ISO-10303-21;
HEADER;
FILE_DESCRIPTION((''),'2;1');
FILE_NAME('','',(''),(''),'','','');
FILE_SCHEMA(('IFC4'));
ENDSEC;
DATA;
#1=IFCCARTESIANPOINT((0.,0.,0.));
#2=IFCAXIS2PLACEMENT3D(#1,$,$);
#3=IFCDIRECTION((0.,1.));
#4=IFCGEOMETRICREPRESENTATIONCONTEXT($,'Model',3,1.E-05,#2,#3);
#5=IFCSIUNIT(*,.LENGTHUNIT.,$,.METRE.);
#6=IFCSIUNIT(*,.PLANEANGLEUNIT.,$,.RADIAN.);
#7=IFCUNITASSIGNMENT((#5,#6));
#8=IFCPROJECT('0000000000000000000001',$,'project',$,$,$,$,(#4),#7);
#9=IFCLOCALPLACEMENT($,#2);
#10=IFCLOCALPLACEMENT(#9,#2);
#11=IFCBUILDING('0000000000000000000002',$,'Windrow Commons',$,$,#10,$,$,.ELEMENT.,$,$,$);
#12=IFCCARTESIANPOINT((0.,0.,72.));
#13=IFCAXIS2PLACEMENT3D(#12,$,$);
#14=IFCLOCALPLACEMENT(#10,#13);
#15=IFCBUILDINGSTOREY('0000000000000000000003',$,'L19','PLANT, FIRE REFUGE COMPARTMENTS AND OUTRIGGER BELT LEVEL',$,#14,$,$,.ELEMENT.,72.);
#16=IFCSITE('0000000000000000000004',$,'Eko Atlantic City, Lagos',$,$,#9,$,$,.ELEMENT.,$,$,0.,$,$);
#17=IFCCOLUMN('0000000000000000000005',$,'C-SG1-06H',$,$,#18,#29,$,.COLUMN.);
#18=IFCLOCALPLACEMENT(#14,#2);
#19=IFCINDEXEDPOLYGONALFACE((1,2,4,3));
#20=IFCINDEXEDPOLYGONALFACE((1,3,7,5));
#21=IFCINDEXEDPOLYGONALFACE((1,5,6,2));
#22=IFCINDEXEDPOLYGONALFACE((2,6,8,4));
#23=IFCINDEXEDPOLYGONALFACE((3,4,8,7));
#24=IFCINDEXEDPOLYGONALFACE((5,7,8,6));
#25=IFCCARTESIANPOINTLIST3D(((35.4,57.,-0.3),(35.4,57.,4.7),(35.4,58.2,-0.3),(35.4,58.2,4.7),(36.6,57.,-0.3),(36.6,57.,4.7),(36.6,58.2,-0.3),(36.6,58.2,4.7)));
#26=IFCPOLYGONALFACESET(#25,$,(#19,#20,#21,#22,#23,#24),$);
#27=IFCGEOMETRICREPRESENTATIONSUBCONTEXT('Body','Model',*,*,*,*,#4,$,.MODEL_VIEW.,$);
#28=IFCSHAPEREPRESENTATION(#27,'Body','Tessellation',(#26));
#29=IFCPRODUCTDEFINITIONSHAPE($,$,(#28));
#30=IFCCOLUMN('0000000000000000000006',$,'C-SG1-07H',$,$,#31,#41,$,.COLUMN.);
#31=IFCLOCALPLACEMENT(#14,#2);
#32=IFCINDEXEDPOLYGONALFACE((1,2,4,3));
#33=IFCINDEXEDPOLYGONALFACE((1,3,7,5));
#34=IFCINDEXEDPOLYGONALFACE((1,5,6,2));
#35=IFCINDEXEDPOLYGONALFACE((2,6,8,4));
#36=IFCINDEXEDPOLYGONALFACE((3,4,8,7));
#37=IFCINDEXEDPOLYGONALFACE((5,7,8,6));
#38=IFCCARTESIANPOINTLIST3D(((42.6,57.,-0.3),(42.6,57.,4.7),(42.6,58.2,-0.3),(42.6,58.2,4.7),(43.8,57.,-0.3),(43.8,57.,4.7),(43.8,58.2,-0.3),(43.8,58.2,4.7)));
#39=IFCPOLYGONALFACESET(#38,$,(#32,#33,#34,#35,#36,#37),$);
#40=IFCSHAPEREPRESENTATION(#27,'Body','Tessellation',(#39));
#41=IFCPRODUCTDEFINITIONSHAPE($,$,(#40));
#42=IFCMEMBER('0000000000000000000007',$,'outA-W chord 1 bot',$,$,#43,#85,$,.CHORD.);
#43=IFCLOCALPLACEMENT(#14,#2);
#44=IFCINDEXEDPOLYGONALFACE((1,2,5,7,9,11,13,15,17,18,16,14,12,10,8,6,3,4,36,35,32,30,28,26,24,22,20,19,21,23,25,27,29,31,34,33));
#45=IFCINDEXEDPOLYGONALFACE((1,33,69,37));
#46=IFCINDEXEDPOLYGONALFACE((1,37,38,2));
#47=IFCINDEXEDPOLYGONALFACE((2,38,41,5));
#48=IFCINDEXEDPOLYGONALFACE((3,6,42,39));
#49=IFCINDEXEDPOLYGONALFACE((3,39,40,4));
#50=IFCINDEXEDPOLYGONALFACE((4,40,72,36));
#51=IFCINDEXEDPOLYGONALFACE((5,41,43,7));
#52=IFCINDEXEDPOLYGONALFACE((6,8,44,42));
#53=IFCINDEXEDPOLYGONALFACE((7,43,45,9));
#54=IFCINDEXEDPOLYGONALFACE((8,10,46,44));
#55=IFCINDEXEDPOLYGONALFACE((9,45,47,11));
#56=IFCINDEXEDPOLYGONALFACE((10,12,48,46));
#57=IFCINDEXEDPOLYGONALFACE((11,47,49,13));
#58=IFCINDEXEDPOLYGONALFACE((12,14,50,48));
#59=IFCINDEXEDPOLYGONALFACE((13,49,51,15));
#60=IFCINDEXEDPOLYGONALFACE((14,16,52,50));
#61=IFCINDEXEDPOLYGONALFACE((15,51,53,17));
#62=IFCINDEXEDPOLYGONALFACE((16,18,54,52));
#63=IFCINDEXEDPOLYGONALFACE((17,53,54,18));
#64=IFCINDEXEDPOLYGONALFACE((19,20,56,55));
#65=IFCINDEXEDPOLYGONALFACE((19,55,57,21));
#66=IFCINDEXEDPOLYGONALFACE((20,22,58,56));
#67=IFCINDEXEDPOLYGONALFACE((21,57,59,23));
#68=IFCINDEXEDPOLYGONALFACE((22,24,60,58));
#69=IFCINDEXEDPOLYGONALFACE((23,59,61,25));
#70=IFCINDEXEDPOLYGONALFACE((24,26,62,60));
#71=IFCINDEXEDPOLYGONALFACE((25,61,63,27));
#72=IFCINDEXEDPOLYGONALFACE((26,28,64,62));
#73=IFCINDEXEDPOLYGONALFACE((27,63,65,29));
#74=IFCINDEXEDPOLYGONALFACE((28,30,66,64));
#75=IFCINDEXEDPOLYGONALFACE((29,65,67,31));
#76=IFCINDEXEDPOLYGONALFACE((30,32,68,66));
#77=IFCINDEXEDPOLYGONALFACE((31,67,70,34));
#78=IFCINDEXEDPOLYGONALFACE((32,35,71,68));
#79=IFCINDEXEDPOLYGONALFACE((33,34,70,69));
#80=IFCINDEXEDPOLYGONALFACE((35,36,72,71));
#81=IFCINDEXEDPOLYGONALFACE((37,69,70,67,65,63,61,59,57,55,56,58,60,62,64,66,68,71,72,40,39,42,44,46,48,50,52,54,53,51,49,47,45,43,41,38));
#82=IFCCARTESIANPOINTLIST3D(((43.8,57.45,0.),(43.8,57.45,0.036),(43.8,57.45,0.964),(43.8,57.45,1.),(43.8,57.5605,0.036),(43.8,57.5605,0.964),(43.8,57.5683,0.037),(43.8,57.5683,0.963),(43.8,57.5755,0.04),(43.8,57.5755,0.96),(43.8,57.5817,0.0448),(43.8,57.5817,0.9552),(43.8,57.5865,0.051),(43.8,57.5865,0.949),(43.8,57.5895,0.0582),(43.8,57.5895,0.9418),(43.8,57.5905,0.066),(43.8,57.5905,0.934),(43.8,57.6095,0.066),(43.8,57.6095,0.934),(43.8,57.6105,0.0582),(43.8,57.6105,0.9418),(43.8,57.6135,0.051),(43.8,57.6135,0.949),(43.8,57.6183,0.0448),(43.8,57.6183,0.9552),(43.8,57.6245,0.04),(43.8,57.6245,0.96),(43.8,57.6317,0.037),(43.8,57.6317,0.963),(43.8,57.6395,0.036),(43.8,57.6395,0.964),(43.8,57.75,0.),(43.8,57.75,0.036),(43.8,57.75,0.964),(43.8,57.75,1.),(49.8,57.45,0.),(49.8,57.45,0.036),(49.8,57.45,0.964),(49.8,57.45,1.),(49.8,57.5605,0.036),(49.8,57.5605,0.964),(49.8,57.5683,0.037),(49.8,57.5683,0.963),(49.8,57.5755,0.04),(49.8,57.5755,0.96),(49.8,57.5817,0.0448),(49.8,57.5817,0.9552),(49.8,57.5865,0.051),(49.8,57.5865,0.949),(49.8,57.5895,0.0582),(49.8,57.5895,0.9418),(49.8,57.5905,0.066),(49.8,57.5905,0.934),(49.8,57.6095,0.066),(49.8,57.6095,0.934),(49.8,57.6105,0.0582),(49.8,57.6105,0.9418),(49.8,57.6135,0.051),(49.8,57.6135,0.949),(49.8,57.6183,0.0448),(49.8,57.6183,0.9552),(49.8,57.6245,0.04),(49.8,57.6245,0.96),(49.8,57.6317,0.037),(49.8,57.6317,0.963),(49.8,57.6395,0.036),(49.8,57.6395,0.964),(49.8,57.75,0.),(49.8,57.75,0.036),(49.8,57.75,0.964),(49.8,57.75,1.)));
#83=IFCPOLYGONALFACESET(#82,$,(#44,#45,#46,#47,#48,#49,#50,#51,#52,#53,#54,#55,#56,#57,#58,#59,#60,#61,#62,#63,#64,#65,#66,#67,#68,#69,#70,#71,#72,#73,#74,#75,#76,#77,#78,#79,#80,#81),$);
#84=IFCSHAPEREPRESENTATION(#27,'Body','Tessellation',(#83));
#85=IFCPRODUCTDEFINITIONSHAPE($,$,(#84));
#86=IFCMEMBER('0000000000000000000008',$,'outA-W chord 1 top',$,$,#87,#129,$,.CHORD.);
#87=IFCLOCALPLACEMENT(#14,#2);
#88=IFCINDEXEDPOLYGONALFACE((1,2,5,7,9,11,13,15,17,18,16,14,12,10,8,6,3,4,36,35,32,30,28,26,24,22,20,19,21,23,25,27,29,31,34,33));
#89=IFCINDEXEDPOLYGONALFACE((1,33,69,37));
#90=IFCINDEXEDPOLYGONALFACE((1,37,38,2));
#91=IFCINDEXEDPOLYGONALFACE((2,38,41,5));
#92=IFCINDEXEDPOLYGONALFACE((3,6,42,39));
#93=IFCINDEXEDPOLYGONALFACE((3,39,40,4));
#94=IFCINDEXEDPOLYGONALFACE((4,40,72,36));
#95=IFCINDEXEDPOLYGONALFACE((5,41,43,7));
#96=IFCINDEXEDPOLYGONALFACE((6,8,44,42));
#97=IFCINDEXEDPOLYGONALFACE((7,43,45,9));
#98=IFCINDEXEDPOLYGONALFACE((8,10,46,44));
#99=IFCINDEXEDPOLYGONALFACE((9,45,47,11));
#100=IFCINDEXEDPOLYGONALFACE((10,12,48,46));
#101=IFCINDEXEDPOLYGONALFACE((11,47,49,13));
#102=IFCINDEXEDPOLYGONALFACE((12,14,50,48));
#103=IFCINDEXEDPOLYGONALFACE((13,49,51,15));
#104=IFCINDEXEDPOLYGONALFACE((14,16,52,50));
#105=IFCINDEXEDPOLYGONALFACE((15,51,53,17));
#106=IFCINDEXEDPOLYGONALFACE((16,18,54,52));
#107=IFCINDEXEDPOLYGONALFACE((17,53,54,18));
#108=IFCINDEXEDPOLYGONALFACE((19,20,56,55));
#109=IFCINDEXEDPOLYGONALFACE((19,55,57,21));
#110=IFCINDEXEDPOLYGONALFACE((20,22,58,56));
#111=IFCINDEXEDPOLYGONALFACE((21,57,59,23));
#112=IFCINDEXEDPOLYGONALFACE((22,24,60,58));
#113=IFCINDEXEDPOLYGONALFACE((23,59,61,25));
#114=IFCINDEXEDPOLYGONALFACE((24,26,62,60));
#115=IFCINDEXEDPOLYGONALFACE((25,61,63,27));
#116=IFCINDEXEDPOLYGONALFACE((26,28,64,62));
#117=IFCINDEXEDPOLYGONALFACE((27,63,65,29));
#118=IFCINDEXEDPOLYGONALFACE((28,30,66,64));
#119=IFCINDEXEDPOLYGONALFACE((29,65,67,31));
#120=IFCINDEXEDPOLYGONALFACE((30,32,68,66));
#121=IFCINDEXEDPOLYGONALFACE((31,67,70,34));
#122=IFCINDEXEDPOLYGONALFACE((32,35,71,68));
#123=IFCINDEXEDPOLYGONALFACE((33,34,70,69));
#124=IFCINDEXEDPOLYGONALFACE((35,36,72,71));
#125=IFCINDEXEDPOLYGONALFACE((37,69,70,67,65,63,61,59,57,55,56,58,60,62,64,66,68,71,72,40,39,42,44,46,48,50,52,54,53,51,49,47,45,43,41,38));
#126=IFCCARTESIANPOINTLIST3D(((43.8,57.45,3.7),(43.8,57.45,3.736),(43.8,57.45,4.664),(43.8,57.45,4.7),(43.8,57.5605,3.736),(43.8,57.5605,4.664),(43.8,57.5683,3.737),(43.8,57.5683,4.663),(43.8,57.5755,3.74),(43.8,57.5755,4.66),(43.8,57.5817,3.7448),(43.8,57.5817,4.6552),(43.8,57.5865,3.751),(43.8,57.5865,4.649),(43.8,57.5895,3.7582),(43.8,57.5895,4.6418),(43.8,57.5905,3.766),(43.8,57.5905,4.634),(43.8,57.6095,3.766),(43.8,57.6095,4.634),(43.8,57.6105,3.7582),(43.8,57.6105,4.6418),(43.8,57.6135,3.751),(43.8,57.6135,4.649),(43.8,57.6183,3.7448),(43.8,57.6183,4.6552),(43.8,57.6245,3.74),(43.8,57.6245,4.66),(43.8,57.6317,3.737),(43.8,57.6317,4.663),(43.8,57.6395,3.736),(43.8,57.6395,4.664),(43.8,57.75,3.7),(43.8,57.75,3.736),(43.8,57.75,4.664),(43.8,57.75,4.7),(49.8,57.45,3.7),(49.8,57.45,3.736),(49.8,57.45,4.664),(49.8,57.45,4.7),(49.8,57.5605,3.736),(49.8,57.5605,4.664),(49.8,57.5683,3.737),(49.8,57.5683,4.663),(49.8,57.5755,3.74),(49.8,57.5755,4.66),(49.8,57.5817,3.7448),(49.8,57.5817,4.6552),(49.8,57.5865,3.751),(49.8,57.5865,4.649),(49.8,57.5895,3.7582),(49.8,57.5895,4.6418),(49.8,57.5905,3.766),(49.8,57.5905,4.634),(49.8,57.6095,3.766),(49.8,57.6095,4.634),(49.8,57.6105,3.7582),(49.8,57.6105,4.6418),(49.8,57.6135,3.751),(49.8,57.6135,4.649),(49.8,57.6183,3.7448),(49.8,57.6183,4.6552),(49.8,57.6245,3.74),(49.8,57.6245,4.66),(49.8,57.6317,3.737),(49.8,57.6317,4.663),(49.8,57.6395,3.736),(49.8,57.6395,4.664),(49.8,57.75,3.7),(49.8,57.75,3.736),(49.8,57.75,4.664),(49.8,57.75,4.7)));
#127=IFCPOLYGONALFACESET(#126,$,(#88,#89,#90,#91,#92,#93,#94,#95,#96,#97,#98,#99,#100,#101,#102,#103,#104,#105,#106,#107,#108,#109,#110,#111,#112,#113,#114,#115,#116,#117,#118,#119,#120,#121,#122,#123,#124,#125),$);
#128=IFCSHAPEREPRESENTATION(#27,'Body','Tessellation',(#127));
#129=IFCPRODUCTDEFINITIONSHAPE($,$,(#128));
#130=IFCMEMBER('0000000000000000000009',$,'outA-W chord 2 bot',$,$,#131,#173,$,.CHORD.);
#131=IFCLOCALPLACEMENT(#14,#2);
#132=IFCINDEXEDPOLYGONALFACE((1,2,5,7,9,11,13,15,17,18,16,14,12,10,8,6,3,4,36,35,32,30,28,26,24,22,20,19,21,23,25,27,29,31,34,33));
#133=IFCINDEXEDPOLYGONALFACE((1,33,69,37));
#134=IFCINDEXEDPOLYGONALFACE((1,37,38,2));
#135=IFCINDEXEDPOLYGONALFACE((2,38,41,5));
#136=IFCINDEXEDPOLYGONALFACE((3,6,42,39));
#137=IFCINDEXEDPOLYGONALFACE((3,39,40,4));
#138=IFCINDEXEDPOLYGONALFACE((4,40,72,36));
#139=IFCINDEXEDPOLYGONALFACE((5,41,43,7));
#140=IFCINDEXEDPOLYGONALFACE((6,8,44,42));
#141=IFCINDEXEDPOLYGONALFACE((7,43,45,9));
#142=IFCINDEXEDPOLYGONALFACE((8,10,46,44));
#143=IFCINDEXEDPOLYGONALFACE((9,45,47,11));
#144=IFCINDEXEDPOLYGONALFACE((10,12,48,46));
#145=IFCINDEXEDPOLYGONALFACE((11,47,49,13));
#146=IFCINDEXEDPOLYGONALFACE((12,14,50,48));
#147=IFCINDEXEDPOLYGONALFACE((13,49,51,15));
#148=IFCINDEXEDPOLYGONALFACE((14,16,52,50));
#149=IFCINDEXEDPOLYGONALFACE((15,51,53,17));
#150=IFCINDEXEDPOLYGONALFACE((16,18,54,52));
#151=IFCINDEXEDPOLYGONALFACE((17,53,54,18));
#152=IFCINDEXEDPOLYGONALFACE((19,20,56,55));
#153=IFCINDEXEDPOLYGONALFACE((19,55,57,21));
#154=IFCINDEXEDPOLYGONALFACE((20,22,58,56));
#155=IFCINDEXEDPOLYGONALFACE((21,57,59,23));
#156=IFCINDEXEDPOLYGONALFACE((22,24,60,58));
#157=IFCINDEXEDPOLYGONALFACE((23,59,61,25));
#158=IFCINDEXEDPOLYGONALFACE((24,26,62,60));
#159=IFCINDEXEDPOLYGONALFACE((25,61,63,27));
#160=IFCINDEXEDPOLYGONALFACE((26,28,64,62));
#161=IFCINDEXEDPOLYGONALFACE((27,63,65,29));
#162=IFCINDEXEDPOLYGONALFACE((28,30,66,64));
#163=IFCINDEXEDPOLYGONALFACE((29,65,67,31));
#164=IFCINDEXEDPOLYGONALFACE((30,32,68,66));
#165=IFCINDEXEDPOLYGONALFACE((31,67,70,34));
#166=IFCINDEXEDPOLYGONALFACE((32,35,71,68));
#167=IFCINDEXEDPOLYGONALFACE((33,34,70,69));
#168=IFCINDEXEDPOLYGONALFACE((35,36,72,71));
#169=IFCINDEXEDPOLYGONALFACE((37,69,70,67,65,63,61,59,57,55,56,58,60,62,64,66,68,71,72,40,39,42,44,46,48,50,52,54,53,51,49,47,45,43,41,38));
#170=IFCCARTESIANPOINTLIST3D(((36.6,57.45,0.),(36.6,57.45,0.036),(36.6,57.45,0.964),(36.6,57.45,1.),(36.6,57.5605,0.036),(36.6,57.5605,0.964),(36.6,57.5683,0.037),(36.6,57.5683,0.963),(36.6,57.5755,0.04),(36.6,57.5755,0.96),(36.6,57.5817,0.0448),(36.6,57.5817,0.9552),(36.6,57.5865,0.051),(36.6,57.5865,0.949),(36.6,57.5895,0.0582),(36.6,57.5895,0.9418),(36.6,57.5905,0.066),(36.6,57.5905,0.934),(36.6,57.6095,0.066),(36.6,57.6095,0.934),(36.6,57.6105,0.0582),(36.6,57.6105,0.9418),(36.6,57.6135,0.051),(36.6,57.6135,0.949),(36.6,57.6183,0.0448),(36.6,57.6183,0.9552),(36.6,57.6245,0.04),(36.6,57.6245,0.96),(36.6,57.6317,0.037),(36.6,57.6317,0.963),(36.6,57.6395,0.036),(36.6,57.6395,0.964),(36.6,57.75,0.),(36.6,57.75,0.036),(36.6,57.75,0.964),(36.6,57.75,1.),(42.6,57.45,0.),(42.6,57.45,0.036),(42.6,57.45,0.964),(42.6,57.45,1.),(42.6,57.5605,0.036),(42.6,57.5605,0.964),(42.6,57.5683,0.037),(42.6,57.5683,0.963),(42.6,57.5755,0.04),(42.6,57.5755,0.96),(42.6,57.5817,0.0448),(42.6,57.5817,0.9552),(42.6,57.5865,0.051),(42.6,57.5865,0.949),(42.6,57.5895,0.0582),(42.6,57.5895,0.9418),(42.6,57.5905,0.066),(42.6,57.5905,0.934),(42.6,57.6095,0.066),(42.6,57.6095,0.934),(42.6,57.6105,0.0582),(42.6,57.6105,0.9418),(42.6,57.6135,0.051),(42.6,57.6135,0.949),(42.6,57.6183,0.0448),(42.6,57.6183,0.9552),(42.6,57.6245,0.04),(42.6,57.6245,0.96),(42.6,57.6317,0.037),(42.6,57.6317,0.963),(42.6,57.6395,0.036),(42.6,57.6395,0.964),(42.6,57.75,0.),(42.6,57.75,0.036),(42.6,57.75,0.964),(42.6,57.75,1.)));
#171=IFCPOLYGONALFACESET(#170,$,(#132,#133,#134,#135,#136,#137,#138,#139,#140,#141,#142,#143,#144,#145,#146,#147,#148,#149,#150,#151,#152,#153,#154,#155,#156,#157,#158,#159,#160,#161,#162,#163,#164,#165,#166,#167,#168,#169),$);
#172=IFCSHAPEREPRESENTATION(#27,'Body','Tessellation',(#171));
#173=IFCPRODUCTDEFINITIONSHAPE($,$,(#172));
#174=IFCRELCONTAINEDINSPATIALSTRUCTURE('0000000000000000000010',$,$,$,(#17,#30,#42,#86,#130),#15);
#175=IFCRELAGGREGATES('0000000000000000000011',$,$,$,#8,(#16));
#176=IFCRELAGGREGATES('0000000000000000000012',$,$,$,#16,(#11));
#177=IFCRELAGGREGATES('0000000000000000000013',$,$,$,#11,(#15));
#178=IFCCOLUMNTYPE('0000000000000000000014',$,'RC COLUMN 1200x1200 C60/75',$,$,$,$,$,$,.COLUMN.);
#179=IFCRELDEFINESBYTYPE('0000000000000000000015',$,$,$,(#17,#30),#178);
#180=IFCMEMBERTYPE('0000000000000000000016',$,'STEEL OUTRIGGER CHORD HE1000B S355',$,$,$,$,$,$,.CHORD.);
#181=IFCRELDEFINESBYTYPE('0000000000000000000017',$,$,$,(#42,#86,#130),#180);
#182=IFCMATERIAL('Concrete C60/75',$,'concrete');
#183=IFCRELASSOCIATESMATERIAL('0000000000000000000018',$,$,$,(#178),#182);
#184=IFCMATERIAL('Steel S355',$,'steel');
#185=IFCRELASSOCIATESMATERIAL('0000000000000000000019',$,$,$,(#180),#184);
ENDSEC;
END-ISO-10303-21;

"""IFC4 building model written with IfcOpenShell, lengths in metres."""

from ifc_helpers import new_model, si_unit, direction, frame, origin, origin_2d, place, context, subcontext, project, spatial, rectangle, i_section, extrude, material, material_profile, profile_set, type_object, element, save


model = new_model("IFC4")

# Units and contexts
model_context = context("Model", 3, precision=1e-05, world=origin(), true_north=direction((0.0, 1.0)))
body_context = subcontext(model_context, "Body", "Model", "MODEL_VIEW")
ifc_project = project(units=[si_unit("LENGTHUNIT", "METRE"), si_unit("PLANEANGLEUNIT", "RADIAN")], contexts=[model_context])

# Site, building, storey
site_placement = place(None, origin())
site = spatial("IfcSite", under=ifc_project, at=site_placement, Name="Eko Atlantic City, Lagos", CompositionType="ELEMENT", RefElevation=0.0)
building_placement = place(site_placement, origin())
building = spatial("IfcBuilding", under=site, at=building_placement, Name="Windrow Commons", CompositionType="ELEMENT")
storey_placement = place(building_placement, frame((0.0, 0.0, 72.0)))
storey = spatial("IfcBuildingStorey", under=building, at=storey_placement, Name="L19", Description="PLANT, FIRE REFUGE COMPARTMENTS AND OUTRIGGER BELT LEVEL", CompositionType="ELEMENT", Elevation=72.0)

# Columns
ifc_material_1 = material(Name="Concrete C60/75", Category="concrete")
ifc_material_profile_1 = material_profile(ifc_material_1, rectangle(XDim=1.2, YDim=1.2, at=origin_2d()))
ifc_profile_set_1 = profile_set([ifc_material_profile_1], Name="Concrete C60/75")
column_type = type_object("IfcColumnType", Name="RC COLUMN 1200x1200 C60/75", PredefinedType="COLUMN", material=ifc_profile_set_1)
for number, where, z_axis, x_axis, name in (
    (1, (36.0, 57.6, -0.3), (0.0, 0.0, 1.0), (1.0, 0.0, 0.0), "C-SG1-06H"),
    (2, (43.2, 57.6, -0.3), (0.0, 0.0, 1.0), (1.0, 0.0, 0.0), "C-SG1-07H"),
):
    element("IfcColumn", number, at=place(storey_placement, frame(where, z_axis=z_axis, x_axis=x_axis)), inside=storey, type_object=column_type, Name=name, PredefinedType="COLUMN", context=body_context, shape_type="SweptSolid", body=[
        extrude(rectangle(XDim=1.2, YDim=1.2, at=origin_2d()), origin(), (0.0, 0.0, 1.0), 5.0),
    ])

# Members
ifc_material_2 = material(Name="Steel S355", Category="steel")
ifc_material_profile_2 = material_profile(ifc_material_2, i_section(OverallWidth=0.3, OverallDepth=1.0, WebThickness=0.019, FlangeThickness=0.036, FilletRadius=0.03, at=origin_2d()))
ifc_profile_set_2 = profile_set([ifc_material_profile_2], Name="Steel S355")
member_type_1 = type_object("IfcMemberType", Name="STEEL OUTRIGGER CHORD HE1000B S355", PredefinedType="CHORD", material=ifc_profile_set_2)
for number, where, z_axis, x_axis, name in (
    (3, (49.8, 57.6, 0.5), (-1.0, 0.0, 0.0), (0.0, -1.0, 0.0), "outA-W chord 1 bot"),
    (4, (49.8, 57.6, 4.2), (-1.0, 0.0, 0.0), (0.0, -1.0, 0.0), "outA-W chord 1 top"),
    (5, (42.6, 57.6, 0.5), (-1.0, 0.0, 0.0), (0.0, -1.0, 0.0), "outA-W chord 2 bot"),
):
    element("IfcMember", number, at=place(storey_placement, frame(where, z_axis=z_axis, x_axis=x_axis)), inside=storey, type_object=member_type_1, Name=name, PredefinedType="CHORD", context=body_context, shape_type="SweptSolid", body=[
        extrude(i_section(OverallWidth=0.3, OverallDepth=1.0, WebThickness=0.019, FlangeThickness=0.036, FilletRadius=0.03, at=origin_2d()), origin(), (0.0, 0.0, 1.0), 6.0),
    ])

save(model, "model.ifc")
